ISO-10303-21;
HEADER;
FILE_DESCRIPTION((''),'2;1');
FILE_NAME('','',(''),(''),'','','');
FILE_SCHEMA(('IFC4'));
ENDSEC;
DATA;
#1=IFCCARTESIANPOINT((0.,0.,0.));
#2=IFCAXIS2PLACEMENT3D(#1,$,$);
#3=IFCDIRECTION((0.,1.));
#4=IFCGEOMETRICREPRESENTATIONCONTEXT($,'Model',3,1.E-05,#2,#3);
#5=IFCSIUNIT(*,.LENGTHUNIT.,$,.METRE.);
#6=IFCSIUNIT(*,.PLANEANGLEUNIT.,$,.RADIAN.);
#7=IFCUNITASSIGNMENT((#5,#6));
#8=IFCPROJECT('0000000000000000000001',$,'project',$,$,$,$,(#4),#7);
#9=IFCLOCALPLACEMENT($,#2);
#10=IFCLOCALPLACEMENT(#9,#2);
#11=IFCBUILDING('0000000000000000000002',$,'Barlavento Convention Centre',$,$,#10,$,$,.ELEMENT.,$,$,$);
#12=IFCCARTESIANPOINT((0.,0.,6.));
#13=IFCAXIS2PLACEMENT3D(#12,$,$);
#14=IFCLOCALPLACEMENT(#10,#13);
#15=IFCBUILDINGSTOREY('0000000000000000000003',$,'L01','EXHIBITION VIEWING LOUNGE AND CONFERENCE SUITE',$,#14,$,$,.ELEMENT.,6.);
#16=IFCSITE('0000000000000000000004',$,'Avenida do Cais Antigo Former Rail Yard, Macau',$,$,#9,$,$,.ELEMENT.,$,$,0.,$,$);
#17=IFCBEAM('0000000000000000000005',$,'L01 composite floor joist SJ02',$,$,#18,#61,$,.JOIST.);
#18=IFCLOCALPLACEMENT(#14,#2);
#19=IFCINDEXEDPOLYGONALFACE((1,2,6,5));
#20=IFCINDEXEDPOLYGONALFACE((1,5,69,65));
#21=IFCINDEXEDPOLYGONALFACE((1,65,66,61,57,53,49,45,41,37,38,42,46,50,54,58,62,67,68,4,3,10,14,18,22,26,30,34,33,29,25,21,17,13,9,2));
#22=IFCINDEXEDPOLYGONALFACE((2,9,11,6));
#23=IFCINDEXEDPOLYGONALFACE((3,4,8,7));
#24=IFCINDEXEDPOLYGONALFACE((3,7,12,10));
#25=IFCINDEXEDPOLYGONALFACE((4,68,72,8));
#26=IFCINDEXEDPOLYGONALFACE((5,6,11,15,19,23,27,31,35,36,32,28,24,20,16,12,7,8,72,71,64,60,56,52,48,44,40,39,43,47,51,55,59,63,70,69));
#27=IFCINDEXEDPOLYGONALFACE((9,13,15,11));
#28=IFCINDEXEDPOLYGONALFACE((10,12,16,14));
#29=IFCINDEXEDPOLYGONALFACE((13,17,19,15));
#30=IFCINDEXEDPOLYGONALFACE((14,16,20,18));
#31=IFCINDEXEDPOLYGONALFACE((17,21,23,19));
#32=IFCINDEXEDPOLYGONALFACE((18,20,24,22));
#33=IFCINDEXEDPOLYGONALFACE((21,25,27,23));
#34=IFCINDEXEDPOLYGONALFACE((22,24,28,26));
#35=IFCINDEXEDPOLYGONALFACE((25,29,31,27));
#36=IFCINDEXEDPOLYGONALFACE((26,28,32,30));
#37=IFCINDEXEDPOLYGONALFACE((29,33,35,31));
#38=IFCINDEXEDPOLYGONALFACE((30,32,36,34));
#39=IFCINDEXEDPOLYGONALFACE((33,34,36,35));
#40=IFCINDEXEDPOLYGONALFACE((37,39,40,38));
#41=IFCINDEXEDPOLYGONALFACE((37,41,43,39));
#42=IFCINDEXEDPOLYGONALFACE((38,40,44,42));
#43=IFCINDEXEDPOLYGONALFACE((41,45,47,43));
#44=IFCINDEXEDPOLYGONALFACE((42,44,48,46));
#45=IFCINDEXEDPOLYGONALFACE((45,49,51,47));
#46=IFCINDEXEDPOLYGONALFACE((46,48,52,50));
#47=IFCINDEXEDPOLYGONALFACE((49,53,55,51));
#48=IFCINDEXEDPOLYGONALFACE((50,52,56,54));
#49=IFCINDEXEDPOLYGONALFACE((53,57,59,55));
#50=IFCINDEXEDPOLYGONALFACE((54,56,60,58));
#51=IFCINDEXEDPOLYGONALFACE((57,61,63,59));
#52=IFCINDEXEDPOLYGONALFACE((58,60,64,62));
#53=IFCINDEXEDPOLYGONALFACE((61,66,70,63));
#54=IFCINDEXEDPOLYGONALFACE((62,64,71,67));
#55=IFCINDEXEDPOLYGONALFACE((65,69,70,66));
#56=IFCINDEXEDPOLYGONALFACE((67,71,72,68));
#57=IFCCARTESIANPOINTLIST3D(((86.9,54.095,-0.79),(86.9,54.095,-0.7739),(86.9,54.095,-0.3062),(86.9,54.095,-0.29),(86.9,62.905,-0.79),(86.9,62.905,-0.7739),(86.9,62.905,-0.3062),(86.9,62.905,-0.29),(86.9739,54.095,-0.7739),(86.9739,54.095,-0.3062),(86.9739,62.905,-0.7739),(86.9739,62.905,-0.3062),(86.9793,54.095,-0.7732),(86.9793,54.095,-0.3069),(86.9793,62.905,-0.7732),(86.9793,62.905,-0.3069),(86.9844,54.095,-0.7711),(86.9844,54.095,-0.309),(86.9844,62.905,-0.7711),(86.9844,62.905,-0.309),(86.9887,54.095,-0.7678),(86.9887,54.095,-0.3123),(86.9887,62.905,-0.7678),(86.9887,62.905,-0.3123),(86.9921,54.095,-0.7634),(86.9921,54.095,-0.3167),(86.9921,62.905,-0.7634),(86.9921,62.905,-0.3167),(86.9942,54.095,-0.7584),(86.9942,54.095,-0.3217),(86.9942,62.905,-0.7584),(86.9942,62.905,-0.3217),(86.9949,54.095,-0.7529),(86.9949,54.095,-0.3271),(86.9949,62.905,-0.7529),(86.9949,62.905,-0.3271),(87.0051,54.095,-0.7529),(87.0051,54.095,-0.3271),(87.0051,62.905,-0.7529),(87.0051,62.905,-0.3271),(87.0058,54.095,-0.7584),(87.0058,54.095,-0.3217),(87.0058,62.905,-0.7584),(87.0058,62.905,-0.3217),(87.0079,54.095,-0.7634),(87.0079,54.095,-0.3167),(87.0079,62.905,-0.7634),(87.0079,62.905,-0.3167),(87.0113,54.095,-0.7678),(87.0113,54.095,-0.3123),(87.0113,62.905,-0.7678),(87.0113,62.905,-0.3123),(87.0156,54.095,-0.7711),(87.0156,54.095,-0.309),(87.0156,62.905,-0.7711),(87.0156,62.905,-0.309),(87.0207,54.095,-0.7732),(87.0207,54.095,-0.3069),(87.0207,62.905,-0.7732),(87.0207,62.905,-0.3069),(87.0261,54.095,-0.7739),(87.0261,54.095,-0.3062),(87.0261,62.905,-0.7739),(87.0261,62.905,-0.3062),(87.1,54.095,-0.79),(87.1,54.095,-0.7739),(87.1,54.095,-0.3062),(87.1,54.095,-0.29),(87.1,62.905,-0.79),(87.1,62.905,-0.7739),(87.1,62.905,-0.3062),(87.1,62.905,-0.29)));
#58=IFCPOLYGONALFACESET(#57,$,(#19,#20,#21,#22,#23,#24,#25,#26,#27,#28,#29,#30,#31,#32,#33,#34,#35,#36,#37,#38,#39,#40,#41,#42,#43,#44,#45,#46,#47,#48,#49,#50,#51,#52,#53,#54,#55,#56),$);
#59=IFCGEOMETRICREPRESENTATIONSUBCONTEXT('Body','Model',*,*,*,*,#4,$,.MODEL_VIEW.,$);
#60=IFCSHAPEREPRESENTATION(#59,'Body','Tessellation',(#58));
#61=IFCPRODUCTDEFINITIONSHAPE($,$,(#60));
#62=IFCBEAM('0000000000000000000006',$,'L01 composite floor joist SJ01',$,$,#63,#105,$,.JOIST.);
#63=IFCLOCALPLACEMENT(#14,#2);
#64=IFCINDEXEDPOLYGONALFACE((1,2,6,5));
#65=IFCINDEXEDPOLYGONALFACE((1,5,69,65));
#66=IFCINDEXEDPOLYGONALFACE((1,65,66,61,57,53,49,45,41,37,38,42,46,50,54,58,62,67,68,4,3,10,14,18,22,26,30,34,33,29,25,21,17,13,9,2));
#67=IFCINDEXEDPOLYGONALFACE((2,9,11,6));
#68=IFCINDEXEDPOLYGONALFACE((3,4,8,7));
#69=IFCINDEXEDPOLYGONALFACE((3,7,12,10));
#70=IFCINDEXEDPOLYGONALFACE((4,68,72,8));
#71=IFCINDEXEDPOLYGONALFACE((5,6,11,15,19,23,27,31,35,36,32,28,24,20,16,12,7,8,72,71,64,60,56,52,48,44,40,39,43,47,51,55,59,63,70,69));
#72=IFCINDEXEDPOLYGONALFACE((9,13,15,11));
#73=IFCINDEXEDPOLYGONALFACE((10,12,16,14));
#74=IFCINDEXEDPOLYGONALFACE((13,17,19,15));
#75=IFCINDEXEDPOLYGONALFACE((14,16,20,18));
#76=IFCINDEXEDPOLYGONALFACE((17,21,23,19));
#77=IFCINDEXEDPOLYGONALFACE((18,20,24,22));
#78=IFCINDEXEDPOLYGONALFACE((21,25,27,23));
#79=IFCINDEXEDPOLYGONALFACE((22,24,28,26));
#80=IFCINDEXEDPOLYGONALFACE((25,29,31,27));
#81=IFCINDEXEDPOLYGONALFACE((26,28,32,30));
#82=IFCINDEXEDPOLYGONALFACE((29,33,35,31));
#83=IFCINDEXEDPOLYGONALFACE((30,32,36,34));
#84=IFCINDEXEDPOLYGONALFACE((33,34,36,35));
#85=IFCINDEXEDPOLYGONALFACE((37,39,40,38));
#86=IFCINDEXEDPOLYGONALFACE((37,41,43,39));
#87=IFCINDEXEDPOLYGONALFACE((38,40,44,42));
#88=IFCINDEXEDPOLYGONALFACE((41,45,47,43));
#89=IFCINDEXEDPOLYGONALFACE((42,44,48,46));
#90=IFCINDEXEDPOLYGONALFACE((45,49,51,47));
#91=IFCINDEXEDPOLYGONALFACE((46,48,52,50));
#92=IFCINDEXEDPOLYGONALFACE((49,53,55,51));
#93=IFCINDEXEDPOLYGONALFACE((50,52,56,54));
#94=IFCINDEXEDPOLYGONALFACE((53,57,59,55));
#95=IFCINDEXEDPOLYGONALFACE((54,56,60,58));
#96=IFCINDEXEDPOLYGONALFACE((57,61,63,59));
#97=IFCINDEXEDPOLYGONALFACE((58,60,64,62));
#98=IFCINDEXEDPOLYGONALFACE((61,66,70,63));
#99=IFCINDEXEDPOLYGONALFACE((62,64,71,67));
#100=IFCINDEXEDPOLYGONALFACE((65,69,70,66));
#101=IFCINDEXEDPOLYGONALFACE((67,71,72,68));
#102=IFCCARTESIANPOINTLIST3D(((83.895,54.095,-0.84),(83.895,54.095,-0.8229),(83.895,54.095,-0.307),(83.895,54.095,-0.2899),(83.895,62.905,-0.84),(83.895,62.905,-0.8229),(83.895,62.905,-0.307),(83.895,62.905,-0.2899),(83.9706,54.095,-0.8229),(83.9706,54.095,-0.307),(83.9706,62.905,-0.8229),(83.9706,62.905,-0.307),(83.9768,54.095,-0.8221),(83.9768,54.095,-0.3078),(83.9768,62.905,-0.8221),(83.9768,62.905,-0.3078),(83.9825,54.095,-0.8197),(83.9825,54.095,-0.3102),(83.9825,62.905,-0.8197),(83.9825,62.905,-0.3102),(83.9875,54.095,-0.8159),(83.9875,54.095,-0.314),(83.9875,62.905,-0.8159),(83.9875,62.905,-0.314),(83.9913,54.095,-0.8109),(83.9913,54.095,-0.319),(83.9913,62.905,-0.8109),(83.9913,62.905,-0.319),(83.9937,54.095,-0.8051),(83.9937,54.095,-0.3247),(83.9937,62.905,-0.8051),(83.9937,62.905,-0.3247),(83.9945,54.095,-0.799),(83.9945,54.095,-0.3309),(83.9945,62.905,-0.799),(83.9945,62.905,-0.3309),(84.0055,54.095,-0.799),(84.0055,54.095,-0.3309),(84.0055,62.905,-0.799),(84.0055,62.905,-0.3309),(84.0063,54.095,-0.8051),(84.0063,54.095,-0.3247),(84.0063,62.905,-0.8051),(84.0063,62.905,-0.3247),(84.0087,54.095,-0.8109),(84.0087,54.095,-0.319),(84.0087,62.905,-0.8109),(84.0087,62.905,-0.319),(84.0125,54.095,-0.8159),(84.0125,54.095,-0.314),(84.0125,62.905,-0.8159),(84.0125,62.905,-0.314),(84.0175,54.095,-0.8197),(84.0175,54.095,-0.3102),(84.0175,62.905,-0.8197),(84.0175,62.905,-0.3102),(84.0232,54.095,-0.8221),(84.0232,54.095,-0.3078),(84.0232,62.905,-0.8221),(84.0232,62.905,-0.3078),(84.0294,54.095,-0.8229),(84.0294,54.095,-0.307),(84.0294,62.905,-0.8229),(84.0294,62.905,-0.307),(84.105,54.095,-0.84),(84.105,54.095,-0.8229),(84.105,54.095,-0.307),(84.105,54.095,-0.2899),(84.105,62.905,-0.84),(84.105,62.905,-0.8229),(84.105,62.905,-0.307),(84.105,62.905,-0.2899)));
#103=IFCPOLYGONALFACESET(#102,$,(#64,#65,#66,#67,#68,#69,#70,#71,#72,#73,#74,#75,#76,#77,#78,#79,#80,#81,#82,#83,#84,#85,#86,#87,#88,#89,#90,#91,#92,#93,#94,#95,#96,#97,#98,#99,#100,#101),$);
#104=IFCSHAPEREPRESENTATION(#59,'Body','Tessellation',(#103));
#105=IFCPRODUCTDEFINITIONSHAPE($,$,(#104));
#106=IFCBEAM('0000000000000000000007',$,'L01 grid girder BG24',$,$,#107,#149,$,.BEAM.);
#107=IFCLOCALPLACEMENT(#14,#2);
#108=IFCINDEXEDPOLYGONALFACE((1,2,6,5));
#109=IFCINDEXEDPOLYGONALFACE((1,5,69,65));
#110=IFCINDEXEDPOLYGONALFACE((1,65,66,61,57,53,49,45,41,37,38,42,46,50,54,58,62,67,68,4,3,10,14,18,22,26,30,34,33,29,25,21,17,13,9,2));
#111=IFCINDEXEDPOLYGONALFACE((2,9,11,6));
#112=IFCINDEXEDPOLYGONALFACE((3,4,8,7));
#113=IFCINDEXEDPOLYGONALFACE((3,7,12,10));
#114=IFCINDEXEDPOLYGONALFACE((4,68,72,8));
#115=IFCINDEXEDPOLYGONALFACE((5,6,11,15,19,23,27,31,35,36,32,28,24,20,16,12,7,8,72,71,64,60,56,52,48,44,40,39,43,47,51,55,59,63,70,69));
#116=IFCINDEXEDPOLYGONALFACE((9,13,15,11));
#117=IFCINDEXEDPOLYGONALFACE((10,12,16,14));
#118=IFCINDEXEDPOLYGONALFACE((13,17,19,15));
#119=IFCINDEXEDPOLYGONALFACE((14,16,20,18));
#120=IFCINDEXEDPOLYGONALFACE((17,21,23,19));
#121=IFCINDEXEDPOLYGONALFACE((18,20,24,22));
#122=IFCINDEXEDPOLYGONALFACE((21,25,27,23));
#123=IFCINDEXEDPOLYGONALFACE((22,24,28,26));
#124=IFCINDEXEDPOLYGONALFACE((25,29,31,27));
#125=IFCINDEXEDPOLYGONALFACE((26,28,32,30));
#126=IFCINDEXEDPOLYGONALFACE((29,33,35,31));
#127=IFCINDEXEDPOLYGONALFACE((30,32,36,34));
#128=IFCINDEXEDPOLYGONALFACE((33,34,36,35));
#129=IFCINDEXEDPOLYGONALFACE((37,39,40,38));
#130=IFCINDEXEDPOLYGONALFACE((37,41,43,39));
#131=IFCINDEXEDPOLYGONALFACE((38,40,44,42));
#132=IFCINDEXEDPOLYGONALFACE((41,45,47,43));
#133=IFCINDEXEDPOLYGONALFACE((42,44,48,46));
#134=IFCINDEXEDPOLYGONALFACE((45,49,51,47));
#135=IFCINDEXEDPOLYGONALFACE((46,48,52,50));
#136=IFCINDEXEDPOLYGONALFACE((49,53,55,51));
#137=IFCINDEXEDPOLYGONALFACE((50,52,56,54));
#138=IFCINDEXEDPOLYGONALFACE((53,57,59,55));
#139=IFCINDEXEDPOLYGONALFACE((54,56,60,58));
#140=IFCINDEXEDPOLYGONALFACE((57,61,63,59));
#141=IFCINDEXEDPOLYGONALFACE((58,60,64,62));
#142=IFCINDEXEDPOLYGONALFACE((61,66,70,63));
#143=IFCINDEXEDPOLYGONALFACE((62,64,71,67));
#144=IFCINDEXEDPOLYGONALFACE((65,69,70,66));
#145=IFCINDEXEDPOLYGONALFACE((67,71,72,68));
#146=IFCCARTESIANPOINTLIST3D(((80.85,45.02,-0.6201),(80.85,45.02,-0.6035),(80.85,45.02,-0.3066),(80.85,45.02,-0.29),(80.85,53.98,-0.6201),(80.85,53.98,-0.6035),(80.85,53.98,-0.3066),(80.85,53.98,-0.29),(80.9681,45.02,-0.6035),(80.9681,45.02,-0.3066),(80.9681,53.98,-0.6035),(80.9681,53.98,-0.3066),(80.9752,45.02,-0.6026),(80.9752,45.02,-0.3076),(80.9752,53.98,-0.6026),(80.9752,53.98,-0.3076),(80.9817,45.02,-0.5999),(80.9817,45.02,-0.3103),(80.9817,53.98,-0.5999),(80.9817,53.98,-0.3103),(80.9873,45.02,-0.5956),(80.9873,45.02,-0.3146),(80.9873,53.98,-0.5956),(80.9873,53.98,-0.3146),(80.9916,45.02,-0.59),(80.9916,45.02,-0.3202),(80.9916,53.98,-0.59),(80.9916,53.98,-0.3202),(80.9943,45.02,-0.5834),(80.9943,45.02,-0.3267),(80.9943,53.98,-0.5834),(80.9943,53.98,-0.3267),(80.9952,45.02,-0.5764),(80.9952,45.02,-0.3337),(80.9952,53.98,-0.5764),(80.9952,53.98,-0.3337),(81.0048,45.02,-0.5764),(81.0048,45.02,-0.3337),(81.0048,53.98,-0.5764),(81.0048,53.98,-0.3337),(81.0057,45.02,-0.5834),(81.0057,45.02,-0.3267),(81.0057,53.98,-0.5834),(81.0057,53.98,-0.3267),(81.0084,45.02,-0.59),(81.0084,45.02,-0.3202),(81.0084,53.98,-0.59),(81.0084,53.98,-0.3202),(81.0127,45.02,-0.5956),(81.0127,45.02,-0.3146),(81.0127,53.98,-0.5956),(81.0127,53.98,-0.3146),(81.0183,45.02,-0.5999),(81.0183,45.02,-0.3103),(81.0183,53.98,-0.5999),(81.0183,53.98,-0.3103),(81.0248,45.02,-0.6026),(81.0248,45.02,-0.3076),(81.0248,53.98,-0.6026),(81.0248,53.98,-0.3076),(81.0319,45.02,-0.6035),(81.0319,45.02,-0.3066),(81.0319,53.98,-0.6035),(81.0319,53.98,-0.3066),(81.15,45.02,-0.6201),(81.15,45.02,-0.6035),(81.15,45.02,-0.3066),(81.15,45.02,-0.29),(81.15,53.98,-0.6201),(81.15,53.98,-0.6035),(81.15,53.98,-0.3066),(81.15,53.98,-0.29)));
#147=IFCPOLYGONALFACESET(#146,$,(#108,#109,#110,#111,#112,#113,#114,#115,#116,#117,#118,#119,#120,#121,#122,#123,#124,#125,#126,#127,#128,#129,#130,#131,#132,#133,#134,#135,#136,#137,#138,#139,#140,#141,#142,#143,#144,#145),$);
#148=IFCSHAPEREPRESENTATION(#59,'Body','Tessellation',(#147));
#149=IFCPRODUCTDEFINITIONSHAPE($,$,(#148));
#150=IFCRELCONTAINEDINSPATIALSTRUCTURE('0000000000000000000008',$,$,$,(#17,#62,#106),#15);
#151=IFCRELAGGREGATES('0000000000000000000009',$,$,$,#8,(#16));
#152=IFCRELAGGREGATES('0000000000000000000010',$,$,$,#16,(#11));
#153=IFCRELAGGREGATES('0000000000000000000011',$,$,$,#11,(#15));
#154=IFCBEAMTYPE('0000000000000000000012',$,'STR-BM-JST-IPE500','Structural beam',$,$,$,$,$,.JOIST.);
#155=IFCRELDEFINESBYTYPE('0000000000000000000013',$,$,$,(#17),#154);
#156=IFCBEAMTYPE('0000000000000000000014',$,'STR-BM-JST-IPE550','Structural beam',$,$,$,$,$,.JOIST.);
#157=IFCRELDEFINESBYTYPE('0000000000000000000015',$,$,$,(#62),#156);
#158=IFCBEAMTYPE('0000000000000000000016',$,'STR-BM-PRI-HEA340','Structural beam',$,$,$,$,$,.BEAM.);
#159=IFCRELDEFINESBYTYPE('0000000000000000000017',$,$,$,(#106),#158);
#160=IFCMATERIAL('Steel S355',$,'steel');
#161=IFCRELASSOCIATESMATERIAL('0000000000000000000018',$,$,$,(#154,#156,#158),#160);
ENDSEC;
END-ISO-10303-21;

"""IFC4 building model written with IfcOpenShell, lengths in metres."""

from ifc_helpers import new_model, si_unit, direction, frame, origin, origin_2d, place, context, subcontext, project, spatial, i_section, extrude, material, material_profile, profile_set, type_object, element, save


model = new_model("IFC4")

# Units and contexts
model_context = context("Model", 3, precision=1e-05, world=origin(), true_north=direction((0.0, 1.0)))
body_context = subcontext(model_context, "Body", "Model", "MODEL_VIEW")
ifc_project = project(units=[si_unit("LENGTHUNIT", "METRE"), si_unit("PLANEANGLEUNIT", "RADIAN")], contexts=[model_context])

# Site, building, storey
site_placement = place(None, origin())
site = spatial("IfcSite", under=ifc_project, at=site_placement, Name="Avenida do Cais Antigo Former Rail Yard, Macau", CompositionType="ELEMENT", RefElevation=0.0)
building_placement = place(site_placement, origin())
building = spatial("IfcBuilding", under=site, at=building_placement, Name="Barlavento Convention Centre", CompositionType="ELEMENT")
storey_placement = place(building_placement, frame((0.0, 0.0, 6.0)))
storey = spatial("IfcBuildingStorey", under=building, at=storey_placement, Name="L01", Description="EXHIBITION VIEWING LOUNGE AND CONFERENCE SUITE", CompositionType="ELEMENT", Elevation=6.0)

# Shared definitions
ifc_material_1 = material(Name="Steel S355", Category="steel")

# Beams
ifc_material_profile_1 = material_profile(ifc_material_1, i_section(OverallWidth=0.2, OverallDepth=0.5, WebThickness=0.0103, FlangeThickness=0.0161, FilletRadius=0.021, at=origin_2d()), Name="IPE 500")
ifc_profile_set_1 = profile_set([ifc_material_profile_1], Name="Steel S355")
beam_type_1 = type_object("IfcBeamType", Name="STR-BM-JST-IPE500", Description="Structural beam", PredefinedType="JOIST", material=ifc_profile_set_1)
beam_1_placement = place(storey_placement, frame((87.0, 54.095, -0.54), z_axis=(0.0, 1.0, 0.0), x_axis=(-1.0, 0.0, 0.0)))
element("IfcBeam", 1, at=beam_1_placement, inside=storey, type_object=beam_type_1, Name="L01 composite floor joist SJ02", PredefinedType="JOIST", context=body_context, shape_type="SweptSolid", body=[
    extrude(i_section(OverallWidth=0.2, OverallDepth=0.5, WebThickness=0.0103, FlangeThickness=0.0161, FilletRadius=0.021, at=origin_2d()), origin(), (0.0, 0.0, 1.0), 8.8101),
])
ifc_material_profile_2 = material_profile(ifc_material_1, i_section(OverallWidth=0.21, OverallDepth=0.55, WebThickness=0.011, FlangeThickness=0.0171, FilletRadius=0.0239, at=origin_2d()), Name="IPE 550")
ifc_profile_set_2 = profile_set([ifc_material_profile_2], Name="Steel S355")
beam_type_2 = type_object("IfcBeamType", Name="STR-BM-JST-IPE550", Description="Structural beam", PredefinedType="JOIST", material=ifc_profile_set_2)
beam_2_placement = place(storey_placement, frame((84.0, 54.095, -0.5649), z_axis=(0.0, 1.0, 0.0), x_axis=(-1.0, 0.0, 0.0)))
element("IfcBeam", 2, at=beam_2_placement, inside=storey, type_object=beam_type_2, Name="L01 composite floor joist SJ01", PredefinedType="JOIST", context=body_context, shape_type="SweptSolid", body=[
    extrude(i_section(OverallWidth=0.21, OverallDepth=0.55, WebThickness=0.011, FlangeThickness=0.0171, FilletRadius=0.0239, at=origin_2d()), origin(), (0.0, 0.0, 1.0), 8.8101),
])
ifc_material_profile_3 = material_profile(ifc_material_1, i_section(OverallWidth=0.3, OverallDepth=0.3301, WebThickness=0.0095, FlangeThickness=0.0166, FilletRadius=0.0271, at=origin_2d()), Name="HEA 340")
ifc_profile_set_3 = profile_set([ifc_material_profile_3], Name="Steel S355")
beam_type_3 = type_object("IfcBeamType", Name="STR-BM-PRI-HEA340", Description="Structural beam", PredefinedType="BEAM", material=ifc_profile_set_3)
beam_3_placement = place(storey_placement, frame((81.0, 45.02, -0.4551), z_axis=(0.0, 1.0, 0.0), x_axis=(-1.0, 0.0, 0.0)))
element("IfcBeam", 3, at=beam_3_placement, inside=storey, type_object=beam_type_3, Name="L01 grid girder BG24", PredefinedType="BEAM", context=body_context, shape_type="SweptSolid", body=[
    extrude(i_section(OverallWidth=0.3, OverallDepth=0.3301, WebThickness=0.0095, FlangeThickness=0.0166, FilletRadius=0.0271, at=origin_2d()), origin(), (0.0, 0.0, 1.0), 8.96),
])

save(model, "model.ifc")
